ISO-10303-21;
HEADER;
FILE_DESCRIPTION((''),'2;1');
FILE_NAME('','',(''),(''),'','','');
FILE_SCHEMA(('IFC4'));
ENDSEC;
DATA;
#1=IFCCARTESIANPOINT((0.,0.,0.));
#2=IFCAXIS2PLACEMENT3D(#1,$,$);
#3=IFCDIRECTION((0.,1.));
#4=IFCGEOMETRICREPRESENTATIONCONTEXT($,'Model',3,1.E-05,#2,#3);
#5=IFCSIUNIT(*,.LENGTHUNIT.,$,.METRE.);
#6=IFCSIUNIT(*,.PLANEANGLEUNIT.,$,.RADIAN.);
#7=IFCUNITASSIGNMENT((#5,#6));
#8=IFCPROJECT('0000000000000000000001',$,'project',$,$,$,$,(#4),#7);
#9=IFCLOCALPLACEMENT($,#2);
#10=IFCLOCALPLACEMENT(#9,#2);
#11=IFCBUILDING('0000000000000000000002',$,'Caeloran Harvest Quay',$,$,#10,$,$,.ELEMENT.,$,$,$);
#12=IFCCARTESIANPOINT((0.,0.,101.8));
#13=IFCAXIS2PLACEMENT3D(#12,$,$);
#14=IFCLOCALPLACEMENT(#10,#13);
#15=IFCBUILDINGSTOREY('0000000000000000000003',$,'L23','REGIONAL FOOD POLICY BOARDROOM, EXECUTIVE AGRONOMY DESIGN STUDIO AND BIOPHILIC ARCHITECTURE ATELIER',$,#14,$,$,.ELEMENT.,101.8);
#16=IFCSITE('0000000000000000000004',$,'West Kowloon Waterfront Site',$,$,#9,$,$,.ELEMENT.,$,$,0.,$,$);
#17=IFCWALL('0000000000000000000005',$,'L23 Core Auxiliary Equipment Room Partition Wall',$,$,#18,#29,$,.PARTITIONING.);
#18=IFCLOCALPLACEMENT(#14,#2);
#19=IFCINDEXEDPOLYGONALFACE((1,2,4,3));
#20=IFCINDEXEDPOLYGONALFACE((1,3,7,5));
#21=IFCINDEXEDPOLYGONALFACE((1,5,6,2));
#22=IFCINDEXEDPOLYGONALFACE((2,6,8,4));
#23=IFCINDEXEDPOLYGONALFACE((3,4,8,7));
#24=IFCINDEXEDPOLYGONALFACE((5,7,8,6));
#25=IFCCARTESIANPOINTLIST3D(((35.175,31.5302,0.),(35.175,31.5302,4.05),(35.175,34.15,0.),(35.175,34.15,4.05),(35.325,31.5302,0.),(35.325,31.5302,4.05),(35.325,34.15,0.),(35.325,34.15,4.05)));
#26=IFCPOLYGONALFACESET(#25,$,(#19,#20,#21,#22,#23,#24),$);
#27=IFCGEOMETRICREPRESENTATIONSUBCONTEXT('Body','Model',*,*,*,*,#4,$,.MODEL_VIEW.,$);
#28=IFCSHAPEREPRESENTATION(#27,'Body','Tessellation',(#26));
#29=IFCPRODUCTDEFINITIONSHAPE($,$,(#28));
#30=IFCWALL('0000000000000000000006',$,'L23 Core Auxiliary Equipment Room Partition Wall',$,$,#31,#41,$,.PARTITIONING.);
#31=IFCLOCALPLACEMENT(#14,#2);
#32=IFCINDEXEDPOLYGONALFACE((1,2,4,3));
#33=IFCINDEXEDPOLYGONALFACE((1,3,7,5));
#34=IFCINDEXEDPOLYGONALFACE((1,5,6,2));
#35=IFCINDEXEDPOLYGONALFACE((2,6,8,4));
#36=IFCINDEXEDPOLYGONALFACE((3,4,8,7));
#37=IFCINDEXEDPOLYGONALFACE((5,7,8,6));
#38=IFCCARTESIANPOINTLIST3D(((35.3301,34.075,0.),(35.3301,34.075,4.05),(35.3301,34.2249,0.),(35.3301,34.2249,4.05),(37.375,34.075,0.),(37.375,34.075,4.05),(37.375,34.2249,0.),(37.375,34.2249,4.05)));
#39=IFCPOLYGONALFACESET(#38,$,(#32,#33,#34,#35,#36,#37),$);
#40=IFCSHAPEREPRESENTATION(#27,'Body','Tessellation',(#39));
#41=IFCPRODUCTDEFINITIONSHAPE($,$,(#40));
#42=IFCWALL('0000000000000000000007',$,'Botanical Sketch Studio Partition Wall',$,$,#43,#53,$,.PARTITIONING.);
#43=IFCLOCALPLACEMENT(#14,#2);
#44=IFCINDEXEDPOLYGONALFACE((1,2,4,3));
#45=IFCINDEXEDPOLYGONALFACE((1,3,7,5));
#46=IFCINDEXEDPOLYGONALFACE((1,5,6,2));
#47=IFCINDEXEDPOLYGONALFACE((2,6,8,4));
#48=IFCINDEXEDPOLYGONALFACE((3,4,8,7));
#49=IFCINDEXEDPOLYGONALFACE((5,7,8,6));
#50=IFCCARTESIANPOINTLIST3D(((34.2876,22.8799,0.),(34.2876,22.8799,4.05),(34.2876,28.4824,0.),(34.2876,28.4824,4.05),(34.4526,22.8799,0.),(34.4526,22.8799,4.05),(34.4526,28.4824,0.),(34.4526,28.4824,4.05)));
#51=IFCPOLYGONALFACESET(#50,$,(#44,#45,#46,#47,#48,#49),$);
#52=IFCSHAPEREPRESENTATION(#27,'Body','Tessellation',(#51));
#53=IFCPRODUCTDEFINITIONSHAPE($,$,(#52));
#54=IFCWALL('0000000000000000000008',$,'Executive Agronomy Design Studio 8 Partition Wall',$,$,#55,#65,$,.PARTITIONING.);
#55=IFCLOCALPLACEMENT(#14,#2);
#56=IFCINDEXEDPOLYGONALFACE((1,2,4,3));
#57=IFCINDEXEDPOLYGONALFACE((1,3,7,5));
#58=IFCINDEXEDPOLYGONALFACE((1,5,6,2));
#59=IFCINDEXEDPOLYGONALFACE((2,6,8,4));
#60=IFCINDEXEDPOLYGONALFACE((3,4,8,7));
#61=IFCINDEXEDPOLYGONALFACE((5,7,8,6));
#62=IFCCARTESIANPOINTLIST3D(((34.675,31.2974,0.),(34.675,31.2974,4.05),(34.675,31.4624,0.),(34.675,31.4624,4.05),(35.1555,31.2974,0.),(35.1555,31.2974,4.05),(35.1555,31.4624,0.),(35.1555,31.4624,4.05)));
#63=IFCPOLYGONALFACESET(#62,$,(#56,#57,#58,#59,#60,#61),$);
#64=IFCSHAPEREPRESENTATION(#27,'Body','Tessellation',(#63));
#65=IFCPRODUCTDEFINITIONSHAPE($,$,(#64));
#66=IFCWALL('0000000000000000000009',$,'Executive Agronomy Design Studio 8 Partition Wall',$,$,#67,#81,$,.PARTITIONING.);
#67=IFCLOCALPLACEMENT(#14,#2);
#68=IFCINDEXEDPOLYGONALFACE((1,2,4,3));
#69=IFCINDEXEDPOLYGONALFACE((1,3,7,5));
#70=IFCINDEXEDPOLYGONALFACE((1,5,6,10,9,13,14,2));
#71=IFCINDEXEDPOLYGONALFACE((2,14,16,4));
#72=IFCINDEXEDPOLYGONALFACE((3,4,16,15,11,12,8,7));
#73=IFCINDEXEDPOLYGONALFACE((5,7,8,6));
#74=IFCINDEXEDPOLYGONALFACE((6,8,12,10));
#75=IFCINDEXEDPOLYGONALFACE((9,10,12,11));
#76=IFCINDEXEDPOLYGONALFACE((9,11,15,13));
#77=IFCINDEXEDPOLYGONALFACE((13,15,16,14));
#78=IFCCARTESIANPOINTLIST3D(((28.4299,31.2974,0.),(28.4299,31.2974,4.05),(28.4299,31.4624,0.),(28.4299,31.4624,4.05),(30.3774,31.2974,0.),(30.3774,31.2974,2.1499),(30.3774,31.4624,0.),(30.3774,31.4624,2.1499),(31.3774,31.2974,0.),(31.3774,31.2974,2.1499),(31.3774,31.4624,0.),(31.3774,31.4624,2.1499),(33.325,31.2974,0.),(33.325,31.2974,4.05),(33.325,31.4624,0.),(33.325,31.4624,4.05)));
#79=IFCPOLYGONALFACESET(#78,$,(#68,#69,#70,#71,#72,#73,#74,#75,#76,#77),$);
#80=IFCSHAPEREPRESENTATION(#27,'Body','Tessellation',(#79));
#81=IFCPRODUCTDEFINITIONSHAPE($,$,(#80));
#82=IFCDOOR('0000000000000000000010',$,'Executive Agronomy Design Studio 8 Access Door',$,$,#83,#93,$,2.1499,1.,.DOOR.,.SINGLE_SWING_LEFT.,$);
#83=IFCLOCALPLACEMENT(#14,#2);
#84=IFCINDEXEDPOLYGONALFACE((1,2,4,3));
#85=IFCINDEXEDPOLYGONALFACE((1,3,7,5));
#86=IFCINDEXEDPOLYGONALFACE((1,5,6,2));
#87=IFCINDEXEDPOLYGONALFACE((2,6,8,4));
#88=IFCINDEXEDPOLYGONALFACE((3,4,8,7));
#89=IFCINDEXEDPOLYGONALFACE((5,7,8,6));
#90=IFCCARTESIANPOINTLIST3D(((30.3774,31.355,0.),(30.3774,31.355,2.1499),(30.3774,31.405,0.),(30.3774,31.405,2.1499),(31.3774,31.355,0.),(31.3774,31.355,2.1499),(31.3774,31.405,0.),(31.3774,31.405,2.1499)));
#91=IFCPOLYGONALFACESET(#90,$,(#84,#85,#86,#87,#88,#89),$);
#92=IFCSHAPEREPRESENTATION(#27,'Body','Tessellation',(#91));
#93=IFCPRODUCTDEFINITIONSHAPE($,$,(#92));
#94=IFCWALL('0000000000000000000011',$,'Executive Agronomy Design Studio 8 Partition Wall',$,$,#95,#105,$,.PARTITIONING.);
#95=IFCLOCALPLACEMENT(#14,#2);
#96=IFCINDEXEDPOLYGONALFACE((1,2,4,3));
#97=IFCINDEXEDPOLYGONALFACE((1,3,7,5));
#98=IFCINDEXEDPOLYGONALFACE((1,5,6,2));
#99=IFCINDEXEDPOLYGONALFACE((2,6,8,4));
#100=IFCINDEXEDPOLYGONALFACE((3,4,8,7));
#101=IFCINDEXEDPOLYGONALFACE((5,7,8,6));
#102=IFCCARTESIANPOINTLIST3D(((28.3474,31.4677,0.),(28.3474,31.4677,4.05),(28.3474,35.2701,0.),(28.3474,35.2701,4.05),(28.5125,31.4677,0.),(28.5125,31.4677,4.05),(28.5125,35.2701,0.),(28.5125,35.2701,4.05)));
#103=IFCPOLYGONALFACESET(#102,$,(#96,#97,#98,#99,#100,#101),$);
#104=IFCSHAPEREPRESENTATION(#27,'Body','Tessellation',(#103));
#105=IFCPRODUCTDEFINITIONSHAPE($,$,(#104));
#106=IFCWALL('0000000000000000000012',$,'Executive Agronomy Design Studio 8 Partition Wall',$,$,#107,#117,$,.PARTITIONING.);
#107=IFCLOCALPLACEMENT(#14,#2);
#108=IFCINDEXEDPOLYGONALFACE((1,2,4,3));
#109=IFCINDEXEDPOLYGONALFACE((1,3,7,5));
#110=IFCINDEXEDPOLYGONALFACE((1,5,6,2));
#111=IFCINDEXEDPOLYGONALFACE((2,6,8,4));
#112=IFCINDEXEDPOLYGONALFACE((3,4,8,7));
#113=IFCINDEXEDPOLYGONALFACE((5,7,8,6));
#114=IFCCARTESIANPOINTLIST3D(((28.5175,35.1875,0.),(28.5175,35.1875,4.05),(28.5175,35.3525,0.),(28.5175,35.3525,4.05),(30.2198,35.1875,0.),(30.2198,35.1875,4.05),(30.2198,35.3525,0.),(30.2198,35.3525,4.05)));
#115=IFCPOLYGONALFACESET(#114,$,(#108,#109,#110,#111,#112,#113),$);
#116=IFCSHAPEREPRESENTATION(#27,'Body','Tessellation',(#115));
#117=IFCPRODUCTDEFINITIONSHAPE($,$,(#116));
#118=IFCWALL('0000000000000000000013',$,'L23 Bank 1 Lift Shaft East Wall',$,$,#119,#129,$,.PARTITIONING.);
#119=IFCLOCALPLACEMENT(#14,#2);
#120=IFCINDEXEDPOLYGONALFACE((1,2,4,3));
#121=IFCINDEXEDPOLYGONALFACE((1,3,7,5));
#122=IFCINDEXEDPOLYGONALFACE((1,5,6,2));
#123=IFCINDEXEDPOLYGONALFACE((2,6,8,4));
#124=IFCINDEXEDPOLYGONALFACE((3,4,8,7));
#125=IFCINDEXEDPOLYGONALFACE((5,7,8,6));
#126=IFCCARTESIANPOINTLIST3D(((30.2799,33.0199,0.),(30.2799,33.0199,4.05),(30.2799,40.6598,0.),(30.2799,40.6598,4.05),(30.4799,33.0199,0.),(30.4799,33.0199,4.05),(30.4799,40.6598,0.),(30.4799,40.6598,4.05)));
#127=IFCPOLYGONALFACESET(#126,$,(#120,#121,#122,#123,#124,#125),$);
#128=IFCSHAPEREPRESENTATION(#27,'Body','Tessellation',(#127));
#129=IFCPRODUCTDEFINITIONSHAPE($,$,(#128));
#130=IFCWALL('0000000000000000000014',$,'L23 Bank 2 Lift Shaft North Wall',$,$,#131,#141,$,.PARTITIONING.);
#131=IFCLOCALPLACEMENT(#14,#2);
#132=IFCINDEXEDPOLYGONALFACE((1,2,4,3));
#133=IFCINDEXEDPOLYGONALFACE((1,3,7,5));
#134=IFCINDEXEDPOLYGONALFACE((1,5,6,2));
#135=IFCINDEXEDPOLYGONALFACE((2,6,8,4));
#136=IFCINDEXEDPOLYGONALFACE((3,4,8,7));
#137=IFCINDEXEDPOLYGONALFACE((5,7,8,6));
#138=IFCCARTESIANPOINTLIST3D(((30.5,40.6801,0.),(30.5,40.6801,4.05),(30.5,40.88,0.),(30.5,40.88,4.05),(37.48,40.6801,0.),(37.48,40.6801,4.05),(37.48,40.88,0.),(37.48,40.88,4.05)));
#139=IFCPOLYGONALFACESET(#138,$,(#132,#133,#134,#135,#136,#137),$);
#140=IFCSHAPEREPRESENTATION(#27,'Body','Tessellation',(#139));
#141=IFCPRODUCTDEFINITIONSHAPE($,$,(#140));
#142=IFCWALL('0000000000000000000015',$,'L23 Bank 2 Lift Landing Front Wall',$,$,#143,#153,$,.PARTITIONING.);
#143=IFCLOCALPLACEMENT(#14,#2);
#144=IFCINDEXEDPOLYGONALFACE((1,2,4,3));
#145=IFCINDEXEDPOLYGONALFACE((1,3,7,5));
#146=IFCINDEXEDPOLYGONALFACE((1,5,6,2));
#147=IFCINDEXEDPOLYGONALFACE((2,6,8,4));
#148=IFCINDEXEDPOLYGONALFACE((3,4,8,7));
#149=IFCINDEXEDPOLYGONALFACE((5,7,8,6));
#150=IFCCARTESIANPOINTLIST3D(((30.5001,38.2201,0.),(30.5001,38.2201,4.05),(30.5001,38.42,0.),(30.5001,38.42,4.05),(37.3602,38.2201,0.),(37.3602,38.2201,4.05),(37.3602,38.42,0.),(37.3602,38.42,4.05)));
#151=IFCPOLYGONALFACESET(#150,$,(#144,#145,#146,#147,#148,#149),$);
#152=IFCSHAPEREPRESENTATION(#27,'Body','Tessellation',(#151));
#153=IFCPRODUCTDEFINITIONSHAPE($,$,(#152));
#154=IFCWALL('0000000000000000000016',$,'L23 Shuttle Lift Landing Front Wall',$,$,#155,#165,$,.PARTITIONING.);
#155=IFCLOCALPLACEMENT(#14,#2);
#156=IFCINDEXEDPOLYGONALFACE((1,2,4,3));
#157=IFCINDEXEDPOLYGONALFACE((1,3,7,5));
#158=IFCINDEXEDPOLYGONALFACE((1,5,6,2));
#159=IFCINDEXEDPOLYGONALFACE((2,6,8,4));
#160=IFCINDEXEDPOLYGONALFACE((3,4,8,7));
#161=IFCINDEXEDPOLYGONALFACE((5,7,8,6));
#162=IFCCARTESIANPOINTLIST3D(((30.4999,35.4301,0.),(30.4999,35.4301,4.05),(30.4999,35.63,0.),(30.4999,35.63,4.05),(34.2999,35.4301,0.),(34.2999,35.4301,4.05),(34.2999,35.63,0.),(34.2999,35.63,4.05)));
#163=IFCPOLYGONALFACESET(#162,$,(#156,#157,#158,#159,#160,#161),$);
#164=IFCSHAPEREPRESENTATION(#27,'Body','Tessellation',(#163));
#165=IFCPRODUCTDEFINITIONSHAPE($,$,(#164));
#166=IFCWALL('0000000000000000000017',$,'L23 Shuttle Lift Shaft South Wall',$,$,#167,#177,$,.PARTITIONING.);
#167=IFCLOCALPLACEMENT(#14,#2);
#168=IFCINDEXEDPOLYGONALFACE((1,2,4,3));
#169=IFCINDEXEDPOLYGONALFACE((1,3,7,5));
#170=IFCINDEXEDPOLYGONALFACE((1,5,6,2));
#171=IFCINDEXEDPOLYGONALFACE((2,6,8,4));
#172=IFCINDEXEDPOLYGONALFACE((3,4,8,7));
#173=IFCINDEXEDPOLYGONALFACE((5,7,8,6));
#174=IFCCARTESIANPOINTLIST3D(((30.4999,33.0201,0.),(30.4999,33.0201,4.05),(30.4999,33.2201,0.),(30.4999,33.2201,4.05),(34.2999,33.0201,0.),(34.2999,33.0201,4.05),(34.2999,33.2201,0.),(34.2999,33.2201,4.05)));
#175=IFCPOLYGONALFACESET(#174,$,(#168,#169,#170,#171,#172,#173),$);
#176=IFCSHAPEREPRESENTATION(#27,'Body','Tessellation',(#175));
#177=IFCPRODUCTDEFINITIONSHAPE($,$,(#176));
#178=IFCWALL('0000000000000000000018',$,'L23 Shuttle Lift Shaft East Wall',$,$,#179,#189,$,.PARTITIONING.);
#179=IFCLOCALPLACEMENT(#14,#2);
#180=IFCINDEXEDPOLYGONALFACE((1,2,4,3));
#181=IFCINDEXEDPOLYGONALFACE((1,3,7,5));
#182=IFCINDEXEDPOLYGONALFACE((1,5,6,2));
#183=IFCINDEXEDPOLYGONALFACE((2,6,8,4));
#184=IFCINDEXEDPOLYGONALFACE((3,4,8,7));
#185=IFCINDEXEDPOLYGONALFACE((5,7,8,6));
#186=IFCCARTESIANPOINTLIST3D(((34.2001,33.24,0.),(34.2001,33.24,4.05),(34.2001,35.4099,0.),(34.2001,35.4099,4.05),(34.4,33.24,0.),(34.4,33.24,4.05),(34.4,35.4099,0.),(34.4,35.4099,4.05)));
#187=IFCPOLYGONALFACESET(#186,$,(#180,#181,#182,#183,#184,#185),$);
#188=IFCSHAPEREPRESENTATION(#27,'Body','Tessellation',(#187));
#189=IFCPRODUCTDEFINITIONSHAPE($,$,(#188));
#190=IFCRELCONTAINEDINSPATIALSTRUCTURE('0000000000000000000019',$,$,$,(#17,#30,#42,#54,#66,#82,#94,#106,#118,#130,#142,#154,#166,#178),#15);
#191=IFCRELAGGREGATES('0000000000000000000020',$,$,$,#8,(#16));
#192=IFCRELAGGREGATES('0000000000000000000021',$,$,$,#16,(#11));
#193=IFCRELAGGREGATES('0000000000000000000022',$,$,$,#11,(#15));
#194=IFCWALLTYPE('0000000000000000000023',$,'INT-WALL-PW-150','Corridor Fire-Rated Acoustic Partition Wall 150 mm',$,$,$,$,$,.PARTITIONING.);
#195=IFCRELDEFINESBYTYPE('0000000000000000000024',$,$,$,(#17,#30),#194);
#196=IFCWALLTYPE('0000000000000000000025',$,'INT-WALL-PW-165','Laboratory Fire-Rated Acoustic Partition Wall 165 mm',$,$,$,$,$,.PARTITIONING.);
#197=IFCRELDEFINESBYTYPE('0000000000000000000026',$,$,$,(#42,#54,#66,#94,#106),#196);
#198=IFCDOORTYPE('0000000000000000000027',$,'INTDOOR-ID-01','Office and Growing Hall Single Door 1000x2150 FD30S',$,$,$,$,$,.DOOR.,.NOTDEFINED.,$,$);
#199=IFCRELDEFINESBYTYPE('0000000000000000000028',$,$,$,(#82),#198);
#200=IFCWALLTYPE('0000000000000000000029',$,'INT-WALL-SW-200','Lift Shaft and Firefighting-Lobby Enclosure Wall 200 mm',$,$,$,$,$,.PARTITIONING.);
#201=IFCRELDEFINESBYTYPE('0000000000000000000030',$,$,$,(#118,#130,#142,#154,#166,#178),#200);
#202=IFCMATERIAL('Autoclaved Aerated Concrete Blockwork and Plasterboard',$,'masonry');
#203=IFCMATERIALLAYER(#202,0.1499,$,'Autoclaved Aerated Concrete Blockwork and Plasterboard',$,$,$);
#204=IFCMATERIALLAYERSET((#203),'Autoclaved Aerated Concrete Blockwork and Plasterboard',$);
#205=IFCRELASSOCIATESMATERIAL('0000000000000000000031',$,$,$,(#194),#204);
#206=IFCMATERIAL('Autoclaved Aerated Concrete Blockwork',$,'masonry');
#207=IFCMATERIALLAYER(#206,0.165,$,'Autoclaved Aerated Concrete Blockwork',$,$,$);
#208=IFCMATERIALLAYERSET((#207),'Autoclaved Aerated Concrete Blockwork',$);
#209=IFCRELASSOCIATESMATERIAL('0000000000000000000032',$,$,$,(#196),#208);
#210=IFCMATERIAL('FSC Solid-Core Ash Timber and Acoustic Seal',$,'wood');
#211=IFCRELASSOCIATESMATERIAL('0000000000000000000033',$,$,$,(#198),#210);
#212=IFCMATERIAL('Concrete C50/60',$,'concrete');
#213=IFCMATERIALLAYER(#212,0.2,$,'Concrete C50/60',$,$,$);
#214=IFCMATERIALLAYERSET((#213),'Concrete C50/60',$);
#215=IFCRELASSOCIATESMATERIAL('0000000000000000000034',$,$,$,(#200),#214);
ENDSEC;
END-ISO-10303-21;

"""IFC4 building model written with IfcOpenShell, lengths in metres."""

from ifc_helpers import new_model, si_unit, direction, frame, frame_2d, origin, place, context, subcontext, project, spatial, rectangle, extrude, material, layer, layer_set, type_object, element, fill, save


model = new_model("IFC4")

# Units and contexts
model_context = context("Model", 3, precision=1e-05, world=origin(), true_north=direction((0.0, 1.0)))
body_context = subcontext(model_context, "Body", "Model", "MODEL_VIEW")
ifc_project = project(units=[si_unit("LENGTHUNIT", "METRE"), si_unit("PLANEANGLEUNIT", "RADIAN")], contexts=[model_context])

# Site, building, storey
site_placement = place(None, origin())
site = spatial("IfcSite", under=ifc_project, at=site_placement, Name="West Kowloon Waterfront Site", CompositionType="ELEMENT", RefElevation=0.0)
building_placement = place(site_placement, origin())
building = spatial("IfcBuilding", under=site, at=building_placement, Name="Caeloran Harvest Quay", CompositionType="ELEMENT")
storey_placement = place(building_placement, frame((0.0, 0.0, 101.8)))
storey = spatial("IfcBuildingStorey", under=building, at=storey_placement, Name="L23", Description="REGIONAL FOOD POLICY BOARDROOM, EXECUTIVE AGRONOMY DESIGN STUDIO AND BIOPHILIC ARCHITECTURE ATELIER", CompositionType="ELEMENT", Elevation=101.8)

# Walls
ifc_material_1 = material(Name="Autoclaved Aerated Concrete Blockwork and Plasterboard", Category="masonry")
ifc_layer_1 = layer(ifc_material_1, 0.1499, Name="Autoclaved Aerated Concrete Blockwork and Plasterboard")
ifc_layer_set_1 = layer_set([ifc_layer_1], Name="Autoclaved Aerated Concrete Blockwork and Plasterboard")
wall_type_1 = type_object("IfcWallType", Name="INT-WALL-PW-150", Description="Corridor Fire-Rated Acoustic Partition Wall 150 mm", PredefinedType="PARTITIONING", material=ifc_layer_set_1)
wall_1_placement = place(storey_placement, frame((35.25, 31.53, 0.0), z_axis=(0.0, 0.0, 1.0), x_axis=(0.0, 1.0, 0.0)))
element("IfcWall", 1, at=wall_1_placement, inside=storey, type_object=wall_type_1, Name="L23 Core Auxiliary Equipment Room Partition Wall", PredefinedType="PARTITIONING", context=body_context, shape_type="SweptSolid", body=[
    extrude(rectangle(XDim=2.6199, YDim=0.1499, at=frame_2d((1.3101, 0.0))), origin(), (0.0, 0.0, 1.0), 4.05),
])
wall_2_placement = place(storey_placement, frame((35.3301, 34.1499, 0.0), z_axis=(0.0, 0.0, 1.0), x_axis=(1.0, 0.0, 0.0)))
element("IfcWall", 2, at=wall_2_placement, inside=storey, type_object=wall_type_1, Name="L23 Core Auxiliary Equipment Room Partition Wall", PredefinedType="PARTITIONING", context=body_context, shape_type="SweptSolid", body=[
    extrude(rectangle(XDim=2.0449, YDim=0.1499, at=frame_2d((1.0225, 0.0))), origin(), (0.0, 0.0, 1.0), 4.05),
])
ifc_material_2 = material(Name="Autoclaved Aerated Concrete Blockwork", Category="masonry")
ifc_layer_2 = layer(ifc_material_2, 0.165, Name="Autoclaved Aerated Concrete Blockwork")
ifc_layer_set_2 = layer_set([ifc_layer_2], Name="Autoclaved Aerated Concrete Blockwork")
wall_type_2 = type_object("IfcWallType", Name="INT-WALL-PW-165", Description="Laboratory Fire-Rated Acoustic Partition Wall 165 mm", PredefinedType="PARTITIONING", material=ifc_layer_set_2)
wall_3_placement = place(storey_placement, frame((34.3701, 28.4824, 0.0), z_axis=(0.0, 0.0, 1.0), x_axis=(0.0, -1.0, 0.0)))
element("IfcWall", 3, at=wall_3_placement, inside=storey, type_object=wall_type_2, Name="Botanical Sketch Studio Partition Wall", PredefinedType="PARTITIONING", context=body_context, shape_type="SweptSolid", body=[
    extrude(rectangle(XDim=5.6025, YDim=0.165, at=frame_2d((2.8013, 0.0))), origin(), (0.0, 0.0, 1.0), 4.05),
])

# Shared definitions
ifc_material_3 = material(Name="FSC Solid-Core Ash Timber and Acoustic Seal", Category="wood")
door_type = type_object("IfcDoorType", Name="INTDOOR-ID-01", Description="Office and Growing Hall Single Door 1000x2150 FD30S", OperationType="NOTDEFINED", PredefinedType="DOOR", material=ifc_material_3)

# Wall
wall_4_placement = place(storey_placement, frame((35.1555, 31.3799, 0.0), z_axis=(0.0, 0.0, 1.0), x_axis=(-1.0, 0.0, 0.0)))
element("IfcWall", 4, at=wall_4_placement, inside=storey, type_object=wall_type_2, Name="Executive Agronomy Design Studio 8 Partition Wall", PredefinedType="PARTITIONING", context=body_context, shape_type="SweptSolid", body=[
    extrude(rectangle(XDim=0.4805, YDim=0.165, at=frame_2d((0.2402, 0.0))), origin(), (0.0, 0.0, 1.0), 4.05),
])

# Wall, opening, door
wall_5_placement = place(storey_placement, frame((33.325, 31.3799, 0.0), z_axis=(0.0, 0.0, 1.0), x_axis=(-1.0, 0.0, 0.0)))
wall_5 = element("IfcWall", 5, at=wall_5_placement, inside=storey, type_object=wall_type_2, Name="Executive Agronomy Design Studio 8 Partition Wall", PredefinedType="PARTITIONING", context=body_context, shape_type="SweptSolid", body=[
    extrude(rectangle(XDim=4.895, YDim=0.165, at=frame_2d((2.4475, 0.0))), origin(), (0.0, 0.0, 1.0), 4.05),
])
opening_1_placement = place(wall_5_placement, frame((1.9475, 0.0, 0.0)))
opening_1 = element("IfcOpeningElement", 6, at=opening_1_placement, cuts=wall_5, PredefinedType="OPENING", context=body_context, shape_type="SweptSolid", body=[
    extrude(rectangle(XDim=1.0, YDim=2.1499, at=frame_2d((0.5, 1.075))), frame((0.0, 0.0925, 0.0), z_axis=(0.0, -1.0, 0.0), x_axis=(1.0, 0.0, 0.0)), (0.0, 0.0, 1.0), 0.1851),
])
door_1_placement = place(opening_1_placement, origin())
door_1 = element("IfcDoor", 7, at=door_1_placement, inside=storey, type_object=door_type, Name="Executive Agronomy Design Studio 8 Access Door", OperationType="SINGLE_SWING_LEFT", OverallHeight=2.1499, OverallWidth=1.0, PredefinedType="DOOR", context=body_context, shape_type="SweptSolid", body=[
    extrude(rectangle(XDim=1.0, YDim=2.1499, at=frame_2d((0.5, 1.075))), frame((0.0, 0.0249, 0.0), z_axis=(0.0, -1.0, 0.0), x_axis=(1.0, 0.0, 0.0)), (0.0, 0.0, 1.0), 0.05),
])
fill(opening_1, door_1)

# Walls
wall_6_placement = place(storey_placement, frame((28.4299, 31.4675, 0.0), z_axis=(0.0, 0.0, 1.0), x_axis=(0.0, 1.0, 0.0)))
element("IfcWall", 8, at=wall_6_placement, inside=storey, type_object=wall_type_2, Name="Executive Agronomy Design Studio 8 Partition Wall", PredefinedType="PARTITIONING", context=body_context, shape_type="SweptSolid", body=[
    extrude(rectangle(XDim=3.8025, YDim=0.165, at=frame_2d((1.9014, 0.0))), origin(), (0.0, 0.0, 1.0), 4.05),
])
wall_7_placement = place(storey_placement, frame((28.5176, 35.27, 0.0), z_axis=(0.0, 0.0, 1.0), x_axis=(1.0, 0.0, 0.0)))
element("IfcWall", 9, at=wall_7_placement, inside=storey, type_object=wall_type_2, Name="Executive Agronomy Design Studio 8 Partition Wall", PredefinedType="PARTITIONING", context=body_context, shape_type="SweptSolid", body=[
    extrude(rectangle(XDim=1.7024, YDim=0.165, at=frame_2d((0.8511, 0.0))), origin(), (0.0, 0.0, 1.0), 4.05),
])
ifc_material_4 = material(Name="Concrete C50/60", Category="concrete")
ifc_layer_3 = layer(ifc_material_4, 0.2, Name="Concrete C50/60")
ifc_layer_set_3 = layer_set([ifc_layer_3], Name="Concrete C50/60")
wall_type_3 = type_object("IfcWallType", Name="INT-WALL-SW-200", Description="Lift Shaft and Firefighting-Lobby Enclosure Wall 200 mm", PredefinedType="PARTITIONING", material=ifc_layer_set_3)
wall_8_placement = place(storey_placement, frame((30.3799, 33.02, 0.0), z_axis=(0.0, 0.0, 1.0), x_axis=(0.0, 1.0, 0.0)))
element("IfcWall", 10, at=wall_8_placement, inside=storey, type_object=wall_type_3, Name="L23 Bank 1 Lift Shaft East Wall", PredefinedType="PARTITIONING", context=body_context, shape_type="SweptSolid", body=[
    extrude(rectangle(XDim=7.6399, YDim=0.2, at=frame_2d((3.8198, 0.0))), origin(), (0.0, 0.0, 1.0), 4.05),
])
wall_9_placement = place(storey_placement, frame((30.5, 40.78, 0.0), z_axis=(0.0, 0.0, 1.0), x_axis=(1.0, 0.0, 0.0)))
element("IfcWall", 11, at=wall_9_placement, inside=storey, type_object=wall_type_3, Name="L23 Bank 2 Lift Shaft North Wall", PredefinedType="PARTITIONING", context=body_context, shape_type="SweptSolid", body=[
    extrude(rectangle(XDim=6.98, YDim=0.2, at=frame_2d((3.49, 0.0))), origin(), (0.0, 0.0, 1.0), 4.05),
])
wall_10_placement = place(storey_placement, frame((30.5, 38.3201, 0.0), z_axis=(0.0, 0.0, 1.0), x_axis=(1.0, 0.0, 0.0)))
element("IfcWall", 12, at=wall_10_placement, inside=storey, type_object=wall_type_3, Name="L23 Bank 2 Lift Landing Front Wall", PredefinedType="PARTITIONING", context=body_context, shape_type="SweptSolid", body=[
    extrude(rectangle(XDim=6.8601, YDim=0.2, at=frame_2d((3.4302, 0.0))), origin(), (0.0, 0.0, 1.0), 4.05),
])
for number, where, z_axis, x_axis, name in (
    (13, (30.5, 35.53, 0.0), (0.0, 0.0, 1.0), (1.0, 0.0, 0.0), "L23 Shuttle Lift Landing Front Wall"),
    (14, (30.5, 33.1201, 0.0), (0.0, 0.0, 1.0), (1.0, 0.0, 0.0), "L23 Shuttle Lift Shaft South Wall"),
):
    element("IfcWall", number, at=place(storey_placement, frame(where, z_axis=z_axis, x_axis=x_axis)), inside=storey, type_object=wall_type_3, Name=name, PredefinedType="PARTITIONING", context=body_context, shape_type="SweptSolid", body=[
        extrude(rectangle(XDim=3.8, YDim=0.2, at=frame_2d((1.8999, 0.0))), origin(), (0.0, 0.0, 1.0), 4.05),
    ])
wall_11_placement = place(storey_placement, frame((34.3, 33.24, 0.0), z_axis=(0.0, 0.0, 1.0), x_axis=(0.0, 1.0, 0.0)))
element("IfcWall", 15, at=wall_11_placement, inside=storey, type_object=wall_type_3, Name="L23 Shuttle Lift Shaft East Wall", PredefinedType="PARTITIONING", context=body_context, shape_type="SweptSolid", body=[
    extrude(rectangle(XDim=2.1699, YDim=0.2, at=frame_2d((1.085, 0.0))), origin(), (0.0, 0.0, 1.0), 4.05),
])

save(model, "model.ifc")
